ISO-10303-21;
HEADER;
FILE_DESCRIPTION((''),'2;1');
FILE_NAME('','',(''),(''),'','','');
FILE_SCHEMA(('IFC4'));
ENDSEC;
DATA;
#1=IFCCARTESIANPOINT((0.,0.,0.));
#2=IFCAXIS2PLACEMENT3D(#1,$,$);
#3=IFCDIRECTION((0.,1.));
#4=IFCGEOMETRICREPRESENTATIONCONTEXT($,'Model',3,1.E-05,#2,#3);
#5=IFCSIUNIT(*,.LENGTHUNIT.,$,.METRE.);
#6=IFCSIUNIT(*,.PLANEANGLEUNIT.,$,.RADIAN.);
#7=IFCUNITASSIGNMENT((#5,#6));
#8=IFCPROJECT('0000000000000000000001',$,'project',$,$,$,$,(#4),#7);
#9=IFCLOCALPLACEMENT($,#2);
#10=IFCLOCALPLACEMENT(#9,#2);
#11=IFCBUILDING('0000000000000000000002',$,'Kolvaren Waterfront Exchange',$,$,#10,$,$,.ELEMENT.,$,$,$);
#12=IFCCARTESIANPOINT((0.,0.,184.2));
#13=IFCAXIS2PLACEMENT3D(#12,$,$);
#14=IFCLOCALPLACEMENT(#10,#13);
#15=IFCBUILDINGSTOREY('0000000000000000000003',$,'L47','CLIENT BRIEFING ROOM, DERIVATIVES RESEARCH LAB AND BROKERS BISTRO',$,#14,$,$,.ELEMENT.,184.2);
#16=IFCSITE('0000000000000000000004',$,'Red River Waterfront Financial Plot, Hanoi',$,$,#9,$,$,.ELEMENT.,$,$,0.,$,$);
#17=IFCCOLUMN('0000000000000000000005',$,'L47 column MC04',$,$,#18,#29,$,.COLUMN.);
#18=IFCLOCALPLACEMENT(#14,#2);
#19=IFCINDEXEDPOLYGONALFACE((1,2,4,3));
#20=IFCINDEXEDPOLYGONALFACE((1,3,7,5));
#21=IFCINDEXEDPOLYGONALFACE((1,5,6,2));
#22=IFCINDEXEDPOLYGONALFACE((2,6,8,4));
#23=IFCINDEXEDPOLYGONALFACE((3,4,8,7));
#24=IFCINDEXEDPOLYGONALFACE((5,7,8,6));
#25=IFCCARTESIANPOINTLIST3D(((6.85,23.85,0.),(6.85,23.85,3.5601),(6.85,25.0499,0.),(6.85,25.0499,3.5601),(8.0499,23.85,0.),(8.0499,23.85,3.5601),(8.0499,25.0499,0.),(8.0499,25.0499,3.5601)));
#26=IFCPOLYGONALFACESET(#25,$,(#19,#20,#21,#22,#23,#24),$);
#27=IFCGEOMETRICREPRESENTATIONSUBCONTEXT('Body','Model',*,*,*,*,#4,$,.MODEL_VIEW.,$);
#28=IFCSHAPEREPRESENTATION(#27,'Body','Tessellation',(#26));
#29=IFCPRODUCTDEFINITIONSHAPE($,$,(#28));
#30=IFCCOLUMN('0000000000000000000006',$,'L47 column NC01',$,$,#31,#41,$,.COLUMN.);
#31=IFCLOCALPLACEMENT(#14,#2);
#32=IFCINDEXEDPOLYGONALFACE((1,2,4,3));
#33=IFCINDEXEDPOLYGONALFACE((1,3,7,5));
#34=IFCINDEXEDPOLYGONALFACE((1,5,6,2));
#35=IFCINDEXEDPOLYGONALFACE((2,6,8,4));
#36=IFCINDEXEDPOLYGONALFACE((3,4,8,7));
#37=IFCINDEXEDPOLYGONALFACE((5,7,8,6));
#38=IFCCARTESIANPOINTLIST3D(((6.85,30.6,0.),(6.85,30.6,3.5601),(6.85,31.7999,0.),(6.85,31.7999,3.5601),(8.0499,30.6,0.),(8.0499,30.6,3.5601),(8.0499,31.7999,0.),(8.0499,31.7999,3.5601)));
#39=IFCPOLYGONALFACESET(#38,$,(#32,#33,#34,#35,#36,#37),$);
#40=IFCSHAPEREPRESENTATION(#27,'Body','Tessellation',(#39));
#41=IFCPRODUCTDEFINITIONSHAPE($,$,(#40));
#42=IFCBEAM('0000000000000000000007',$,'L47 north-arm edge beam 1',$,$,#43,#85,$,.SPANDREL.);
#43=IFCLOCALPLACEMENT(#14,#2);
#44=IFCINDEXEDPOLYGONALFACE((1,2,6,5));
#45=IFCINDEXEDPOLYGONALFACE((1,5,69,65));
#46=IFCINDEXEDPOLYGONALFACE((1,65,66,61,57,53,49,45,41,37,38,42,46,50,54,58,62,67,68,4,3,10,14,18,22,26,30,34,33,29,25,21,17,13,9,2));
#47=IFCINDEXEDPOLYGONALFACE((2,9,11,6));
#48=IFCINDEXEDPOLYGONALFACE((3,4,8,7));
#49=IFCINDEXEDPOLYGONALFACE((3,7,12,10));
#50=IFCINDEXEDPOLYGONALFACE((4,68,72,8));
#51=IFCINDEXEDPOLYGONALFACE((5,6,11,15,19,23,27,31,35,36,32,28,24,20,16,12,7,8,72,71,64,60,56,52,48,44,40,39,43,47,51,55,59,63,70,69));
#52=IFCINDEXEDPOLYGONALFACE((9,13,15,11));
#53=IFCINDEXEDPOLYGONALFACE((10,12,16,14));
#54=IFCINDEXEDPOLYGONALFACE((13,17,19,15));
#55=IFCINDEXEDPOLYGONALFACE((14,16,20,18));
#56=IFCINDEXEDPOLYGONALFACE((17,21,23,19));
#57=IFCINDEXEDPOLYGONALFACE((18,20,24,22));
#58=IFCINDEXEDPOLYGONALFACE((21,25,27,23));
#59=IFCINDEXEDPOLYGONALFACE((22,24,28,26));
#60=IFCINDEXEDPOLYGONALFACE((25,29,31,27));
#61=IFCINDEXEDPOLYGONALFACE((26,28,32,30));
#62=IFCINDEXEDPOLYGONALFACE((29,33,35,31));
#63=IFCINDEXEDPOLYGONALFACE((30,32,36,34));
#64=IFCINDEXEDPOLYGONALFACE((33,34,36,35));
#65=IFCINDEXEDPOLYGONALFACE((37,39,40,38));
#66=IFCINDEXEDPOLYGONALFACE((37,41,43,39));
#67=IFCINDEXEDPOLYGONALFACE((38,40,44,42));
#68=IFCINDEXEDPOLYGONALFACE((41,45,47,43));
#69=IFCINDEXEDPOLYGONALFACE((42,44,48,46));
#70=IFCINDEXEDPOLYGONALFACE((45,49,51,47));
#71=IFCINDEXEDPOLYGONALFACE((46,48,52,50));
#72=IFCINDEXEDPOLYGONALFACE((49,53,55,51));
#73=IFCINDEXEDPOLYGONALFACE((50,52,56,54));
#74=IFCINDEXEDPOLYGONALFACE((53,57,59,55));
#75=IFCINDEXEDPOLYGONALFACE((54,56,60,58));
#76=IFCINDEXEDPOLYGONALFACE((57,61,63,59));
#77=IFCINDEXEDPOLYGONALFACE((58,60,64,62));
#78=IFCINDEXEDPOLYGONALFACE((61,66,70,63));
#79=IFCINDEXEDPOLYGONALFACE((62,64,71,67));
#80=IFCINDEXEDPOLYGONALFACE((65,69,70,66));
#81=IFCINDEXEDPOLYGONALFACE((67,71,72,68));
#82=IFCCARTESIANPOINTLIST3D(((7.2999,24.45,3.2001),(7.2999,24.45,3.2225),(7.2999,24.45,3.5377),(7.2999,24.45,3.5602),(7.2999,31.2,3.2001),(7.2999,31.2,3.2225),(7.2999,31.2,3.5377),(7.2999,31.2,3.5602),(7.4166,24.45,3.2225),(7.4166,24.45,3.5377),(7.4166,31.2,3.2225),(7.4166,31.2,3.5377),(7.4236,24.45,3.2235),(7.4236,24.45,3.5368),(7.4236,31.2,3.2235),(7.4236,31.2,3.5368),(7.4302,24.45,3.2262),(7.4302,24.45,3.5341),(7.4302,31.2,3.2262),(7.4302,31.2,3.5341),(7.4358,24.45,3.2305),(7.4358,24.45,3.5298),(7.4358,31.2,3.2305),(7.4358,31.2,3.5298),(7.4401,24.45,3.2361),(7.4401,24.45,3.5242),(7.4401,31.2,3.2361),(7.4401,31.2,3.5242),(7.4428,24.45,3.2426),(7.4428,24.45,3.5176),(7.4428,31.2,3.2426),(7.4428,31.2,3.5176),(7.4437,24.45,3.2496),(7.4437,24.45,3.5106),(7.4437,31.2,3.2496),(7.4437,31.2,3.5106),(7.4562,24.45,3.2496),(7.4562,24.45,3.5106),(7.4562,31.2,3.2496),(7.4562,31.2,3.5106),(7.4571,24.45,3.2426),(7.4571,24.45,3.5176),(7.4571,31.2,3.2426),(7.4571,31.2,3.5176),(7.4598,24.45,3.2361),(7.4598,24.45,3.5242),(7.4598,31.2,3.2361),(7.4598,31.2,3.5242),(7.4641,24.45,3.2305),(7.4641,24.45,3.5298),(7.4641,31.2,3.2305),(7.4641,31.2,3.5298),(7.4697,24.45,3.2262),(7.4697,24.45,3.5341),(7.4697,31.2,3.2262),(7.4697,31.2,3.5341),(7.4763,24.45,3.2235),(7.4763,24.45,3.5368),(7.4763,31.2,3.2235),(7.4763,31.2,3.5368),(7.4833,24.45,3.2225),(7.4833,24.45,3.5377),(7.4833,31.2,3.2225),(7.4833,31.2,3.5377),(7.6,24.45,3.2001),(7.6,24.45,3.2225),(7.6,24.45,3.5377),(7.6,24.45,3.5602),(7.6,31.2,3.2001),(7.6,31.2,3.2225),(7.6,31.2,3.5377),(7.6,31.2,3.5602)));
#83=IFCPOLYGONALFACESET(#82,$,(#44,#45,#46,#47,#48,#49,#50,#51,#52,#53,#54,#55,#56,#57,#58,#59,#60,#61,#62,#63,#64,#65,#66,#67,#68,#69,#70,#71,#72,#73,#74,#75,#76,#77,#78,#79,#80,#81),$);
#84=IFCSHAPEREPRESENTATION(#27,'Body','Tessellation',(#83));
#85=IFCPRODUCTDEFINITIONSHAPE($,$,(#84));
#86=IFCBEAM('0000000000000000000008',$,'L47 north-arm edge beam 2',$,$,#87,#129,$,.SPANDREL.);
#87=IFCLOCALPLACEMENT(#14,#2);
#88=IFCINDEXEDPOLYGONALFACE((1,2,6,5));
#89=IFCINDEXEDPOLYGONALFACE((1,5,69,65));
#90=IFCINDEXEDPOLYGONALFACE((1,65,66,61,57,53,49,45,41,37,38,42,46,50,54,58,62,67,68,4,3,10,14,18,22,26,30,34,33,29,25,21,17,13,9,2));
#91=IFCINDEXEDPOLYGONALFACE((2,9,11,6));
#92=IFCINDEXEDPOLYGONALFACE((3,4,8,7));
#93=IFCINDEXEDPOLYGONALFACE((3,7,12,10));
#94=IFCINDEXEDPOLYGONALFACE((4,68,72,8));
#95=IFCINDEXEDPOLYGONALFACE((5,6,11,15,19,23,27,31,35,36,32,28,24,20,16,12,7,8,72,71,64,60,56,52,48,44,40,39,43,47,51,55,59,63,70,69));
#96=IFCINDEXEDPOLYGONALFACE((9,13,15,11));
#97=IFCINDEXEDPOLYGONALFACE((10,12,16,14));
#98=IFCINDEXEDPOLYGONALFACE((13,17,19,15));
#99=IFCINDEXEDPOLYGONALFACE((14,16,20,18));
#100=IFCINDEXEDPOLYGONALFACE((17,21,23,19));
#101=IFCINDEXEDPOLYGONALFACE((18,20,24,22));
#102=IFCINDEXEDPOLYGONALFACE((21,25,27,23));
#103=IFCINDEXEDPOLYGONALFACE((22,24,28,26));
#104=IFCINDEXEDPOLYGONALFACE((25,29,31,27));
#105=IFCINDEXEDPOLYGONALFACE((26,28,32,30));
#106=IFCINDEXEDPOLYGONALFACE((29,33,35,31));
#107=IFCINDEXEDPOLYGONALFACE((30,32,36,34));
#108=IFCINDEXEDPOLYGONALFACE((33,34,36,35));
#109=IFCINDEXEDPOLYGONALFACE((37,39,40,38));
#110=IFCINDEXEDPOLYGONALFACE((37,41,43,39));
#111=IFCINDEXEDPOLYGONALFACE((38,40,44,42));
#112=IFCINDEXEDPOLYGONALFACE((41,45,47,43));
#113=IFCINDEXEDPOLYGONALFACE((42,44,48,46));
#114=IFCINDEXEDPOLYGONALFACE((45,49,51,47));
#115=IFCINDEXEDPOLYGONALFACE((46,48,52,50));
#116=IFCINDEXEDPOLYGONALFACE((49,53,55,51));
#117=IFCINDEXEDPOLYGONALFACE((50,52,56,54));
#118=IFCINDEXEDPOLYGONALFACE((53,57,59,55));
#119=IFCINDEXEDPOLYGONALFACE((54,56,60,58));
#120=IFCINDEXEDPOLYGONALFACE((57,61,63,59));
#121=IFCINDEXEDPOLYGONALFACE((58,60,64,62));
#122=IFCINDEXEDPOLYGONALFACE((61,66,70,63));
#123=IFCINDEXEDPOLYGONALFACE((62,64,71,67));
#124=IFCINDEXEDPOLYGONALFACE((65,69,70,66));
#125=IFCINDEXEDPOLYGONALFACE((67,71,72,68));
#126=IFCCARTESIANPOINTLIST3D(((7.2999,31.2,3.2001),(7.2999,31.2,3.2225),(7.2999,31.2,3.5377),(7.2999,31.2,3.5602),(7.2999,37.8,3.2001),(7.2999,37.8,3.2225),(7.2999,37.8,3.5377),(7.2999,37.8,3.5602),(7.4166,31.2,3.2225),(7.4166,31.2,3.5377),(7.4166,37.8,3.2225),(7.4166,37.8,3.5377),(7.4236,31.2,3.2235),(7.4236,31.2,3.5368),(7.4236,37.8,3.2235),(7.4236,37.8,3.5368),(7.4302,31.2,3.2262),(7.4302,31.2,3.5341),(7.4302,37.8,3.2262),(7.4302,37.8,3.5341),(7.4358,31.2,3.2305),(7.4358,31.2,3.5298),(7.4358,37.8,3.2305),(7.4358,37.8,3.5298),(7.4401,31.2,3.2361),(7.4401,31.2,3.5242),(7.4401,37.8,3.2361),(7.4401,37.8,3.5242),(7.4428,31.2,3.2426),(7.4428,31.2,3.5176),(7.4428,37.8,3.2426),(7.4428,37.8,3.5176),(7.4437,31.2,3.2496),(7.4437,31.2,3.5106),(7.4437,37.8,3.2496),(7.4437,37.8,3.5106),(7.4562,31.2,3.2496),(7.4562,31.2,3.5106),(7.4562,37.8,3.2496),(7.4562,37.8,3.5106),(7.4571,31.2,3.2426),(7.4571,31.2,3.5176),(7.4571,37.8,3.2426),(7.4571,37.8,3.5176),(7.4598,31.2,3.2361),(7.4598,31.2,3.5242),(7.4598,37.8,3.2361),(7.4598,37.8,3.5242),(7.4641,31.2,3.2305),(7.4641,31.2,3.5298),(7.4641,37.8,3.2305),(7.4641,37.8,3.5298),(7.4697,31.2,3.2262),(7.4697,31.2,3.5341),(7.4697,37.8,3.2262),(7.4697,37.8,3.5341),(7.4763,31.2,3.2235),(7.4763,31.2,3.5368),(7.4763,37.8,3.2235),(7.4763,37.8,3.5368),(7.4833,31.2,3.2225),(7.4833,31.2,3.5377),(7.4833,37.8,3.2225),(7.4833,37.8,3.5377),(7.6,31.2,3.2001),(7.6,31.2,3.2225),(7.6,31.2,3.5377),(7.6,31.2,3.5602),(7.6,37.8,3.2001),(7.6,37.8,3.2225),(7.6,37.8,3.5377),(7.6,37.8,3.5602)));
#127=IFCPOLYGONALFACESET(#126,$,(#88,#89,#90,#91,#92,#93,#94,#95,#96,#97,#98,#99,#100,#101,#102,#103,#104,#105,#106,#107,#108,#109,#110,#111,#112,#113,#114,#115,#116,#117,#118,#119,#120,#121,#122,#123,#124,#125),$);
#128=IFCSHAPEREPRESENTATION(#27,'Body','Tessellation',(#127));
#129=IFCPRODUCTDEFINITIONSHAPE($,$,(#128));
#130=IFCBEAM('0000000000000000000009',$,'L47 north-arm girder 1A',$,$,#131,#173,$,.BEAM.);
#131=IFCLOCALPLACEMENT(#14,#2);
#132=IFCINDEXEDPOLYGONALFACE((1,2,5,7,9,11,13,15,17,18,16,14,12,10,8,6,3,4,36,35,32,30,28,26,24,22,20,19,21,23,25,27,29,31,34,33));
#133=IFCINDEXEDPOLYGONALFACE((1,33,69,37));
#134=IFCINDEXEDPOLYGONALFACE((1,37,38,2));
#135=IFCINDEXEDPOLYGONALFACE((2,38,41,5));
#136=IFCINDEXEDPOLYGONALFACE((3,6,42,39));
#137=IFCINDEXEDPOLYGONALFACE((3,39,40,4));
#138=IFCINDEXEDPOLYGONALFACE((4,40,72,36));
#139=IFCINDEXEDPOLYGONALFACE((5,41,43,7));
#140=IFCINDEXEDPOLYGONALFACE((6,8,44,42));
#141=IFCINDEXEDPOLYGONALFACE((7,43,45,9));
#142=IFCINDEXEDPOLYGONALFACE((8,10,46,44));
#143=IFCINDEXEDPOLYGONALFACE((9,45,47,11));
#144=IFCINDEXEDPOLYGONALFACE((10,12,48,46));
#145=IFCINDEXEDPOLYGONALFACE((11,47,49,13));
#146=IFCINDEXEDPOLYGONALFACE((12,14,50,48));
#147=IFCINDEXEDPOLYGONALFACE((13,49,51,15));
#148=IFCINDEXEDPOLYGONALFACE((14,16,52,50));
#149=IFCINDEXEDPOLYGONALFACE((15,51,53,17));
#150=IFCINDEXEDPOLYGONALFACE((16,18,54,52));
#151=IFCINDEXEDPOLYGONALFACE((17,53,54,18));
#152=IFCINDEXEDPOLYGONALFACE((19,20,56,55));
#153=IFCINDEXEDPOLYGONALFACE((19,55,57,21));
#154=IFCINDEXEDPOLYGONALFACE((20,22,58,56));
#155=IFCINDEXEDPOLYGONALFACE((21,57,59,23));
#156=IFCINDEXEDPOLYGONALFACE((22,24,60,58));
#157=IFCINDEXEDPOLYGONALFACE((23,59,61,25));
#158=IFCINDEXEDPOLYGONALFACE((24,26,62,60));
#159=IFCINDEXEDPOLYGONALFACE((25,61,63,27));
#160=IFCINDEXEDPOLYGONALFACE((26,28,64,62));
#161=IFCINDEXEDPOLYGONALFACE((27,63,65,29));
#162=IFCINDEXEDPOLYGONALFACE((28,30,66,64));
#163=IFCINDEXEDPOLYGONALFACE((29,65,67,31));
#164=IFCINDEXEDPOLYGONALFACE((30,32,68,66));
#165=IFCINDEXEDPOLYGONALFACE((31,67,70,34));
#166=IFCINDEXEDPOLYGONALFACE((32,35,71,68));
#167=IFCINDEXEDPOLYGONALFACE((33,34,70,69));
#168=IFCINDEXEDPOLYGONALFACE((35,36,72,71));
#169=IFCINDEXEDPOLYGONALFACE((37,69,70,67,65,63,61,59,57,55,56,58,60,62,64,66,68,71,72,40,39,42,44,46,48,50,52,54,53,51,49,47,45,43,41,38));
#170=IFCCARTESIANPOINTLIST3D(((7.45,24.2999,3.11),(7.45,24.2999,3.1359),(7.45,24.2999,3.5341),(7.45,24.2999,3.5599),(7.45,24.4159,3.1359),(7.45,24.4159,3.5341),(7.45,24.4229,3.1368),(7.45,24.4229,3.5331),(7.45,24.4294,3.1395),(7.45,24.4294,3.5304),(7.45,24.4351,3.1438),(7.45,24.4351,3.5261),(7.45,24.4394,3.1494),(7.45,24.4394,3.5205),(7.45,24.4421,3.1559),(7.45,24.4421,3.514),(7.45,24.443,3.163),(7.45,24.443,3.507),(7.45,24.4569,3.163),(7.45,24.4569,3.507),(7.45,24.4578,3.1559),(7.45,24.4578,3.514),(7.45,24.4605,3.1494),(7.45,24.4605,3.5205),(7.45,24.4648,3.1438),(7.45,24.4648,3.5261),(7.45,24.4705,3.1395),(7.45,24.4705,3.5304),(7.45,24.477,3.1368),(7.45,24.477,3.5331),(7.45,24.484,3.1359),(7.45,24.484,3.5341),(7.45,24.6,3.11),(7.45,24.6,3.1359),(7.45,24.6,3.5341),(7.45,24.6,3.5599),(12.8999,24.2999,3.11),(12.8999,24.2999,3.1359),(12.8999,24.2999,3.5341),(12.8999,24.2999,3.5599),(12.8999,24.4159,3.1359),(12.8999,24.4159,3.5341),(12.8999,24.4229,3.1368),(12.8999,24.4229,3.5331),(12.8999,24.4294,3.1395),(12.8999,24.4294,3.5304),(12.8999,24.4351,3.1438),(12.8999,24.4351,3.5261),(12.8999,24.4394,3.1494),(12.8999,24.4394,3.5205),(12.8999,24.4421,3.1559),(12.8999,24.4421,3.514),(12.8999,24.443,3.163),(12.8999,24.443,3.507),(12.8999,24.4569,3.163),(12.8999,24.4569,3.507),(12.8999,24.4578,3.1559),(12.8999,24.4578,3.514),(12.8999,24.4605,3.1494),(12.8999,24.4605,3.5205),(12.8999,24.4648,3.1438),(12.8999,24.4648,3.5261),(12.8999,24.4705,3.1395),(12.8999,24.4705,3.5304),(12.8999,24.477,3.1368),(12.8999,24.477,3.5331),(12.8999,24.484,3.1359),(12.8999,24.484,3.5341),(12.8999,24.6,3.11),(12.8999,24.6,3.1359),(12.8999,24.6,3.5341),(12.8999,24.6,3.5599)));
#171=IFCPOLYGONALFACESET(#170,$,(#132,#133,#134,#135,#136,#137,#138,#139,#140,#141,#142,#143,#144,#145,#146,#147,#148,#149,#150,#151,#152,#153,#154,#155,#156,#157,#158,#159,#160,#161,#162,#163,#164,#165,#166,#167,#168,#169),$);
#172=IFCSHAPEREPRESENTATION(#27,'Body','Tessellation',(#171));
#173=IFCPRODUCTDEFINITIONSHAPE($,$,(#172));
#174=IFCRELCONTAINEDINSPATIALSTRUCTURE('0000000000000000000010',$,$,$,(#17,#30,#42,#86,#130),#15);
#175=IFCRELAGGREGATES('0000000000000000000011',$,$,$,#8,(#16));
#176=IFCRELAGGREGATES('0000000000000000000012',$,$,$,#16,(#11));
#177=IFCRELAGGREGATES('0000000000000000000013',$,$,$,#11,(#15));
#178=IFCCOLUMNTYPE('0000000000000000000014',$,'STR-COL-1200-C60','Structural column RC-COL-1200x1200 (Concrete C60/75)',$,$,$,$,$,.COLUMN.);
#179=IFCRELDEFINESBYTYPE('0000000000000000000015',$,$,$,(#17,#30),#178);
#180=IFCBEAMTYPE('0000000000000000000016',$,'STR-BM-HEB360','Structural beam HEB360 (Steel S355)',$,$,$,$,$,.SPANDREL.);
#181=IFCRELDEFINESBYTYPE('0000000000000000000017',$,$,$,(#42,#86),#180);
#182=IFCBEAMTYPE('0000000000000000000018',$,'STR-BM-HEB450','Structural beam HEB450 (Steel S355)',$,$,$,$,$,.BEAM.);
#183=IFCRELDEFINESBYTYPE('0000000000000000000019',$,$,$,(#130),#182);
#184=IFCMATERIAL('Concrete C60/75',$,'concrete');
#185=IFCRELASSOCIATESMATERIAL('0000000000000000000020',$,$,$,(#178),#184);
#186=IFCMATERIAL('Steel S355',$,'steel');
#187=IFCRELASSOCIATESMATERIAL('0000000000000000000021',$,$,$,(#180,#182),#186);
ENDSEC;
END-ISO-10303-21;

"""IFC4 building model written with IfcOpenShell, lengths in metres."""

from ifc_helpers import new_model, si_unit, direction, frame, origin, origin_2d, place, context, subcontext, project, spatial, rectangle, i_section, extrude, material, material_profile, profile_set, type_object, element, save


model = new_model("IFC4")

# Units and contexts
model_context = context("Model", 3, precision=1e-05, world=origin(), true_north=direction((0.0, 1.0)))
body_context = subcontext(model_context, "Body", "Model", "MODEL_VIEW")
ifc_project = project(units=[si_unit("LENGTHUNIT", "METRE"), si_unit("PLANEANGLEUNIT", "RADIAN")], contexts=[model_context])

# Site, building, storey
site_placement = place(None, origin())
site = spatial("IfcSite", under=ifc_project, at=site_placement, Name="Red River Waterfront Financial Plot, Hanoi", CompositionType="ELEMENT", RefElevation=0.0)
building_placement = place(site_placement, origin())
building = spatial("IfcBuilding", under=site, at=building_placement, Name="Kolvaren Waterfront Exchange", CompositionType="ELEMENT")
storey_placement = place(building_placement, frame((0.0, 0.0, 184.2)))
storey = spatial("IfcBuildingStorey", under=building, at=storey_placement, Name="L47", Description="CLIENT BRIEFING ROOM, DERIVATIVES RESEARCH LAB AND BROKERS BISTRO", CompositionType="ELEMENT", Elevation=184.2)

# Columns
ifc_material_1 = material(Name="Concrete C60/75", Category="concrete")
ifc_material_profile_1 = material_profile(ifc_material_1, rectangle(XDim=1.2, YDim=1.2, at=origin_2d()), Name="RC-COL-1200x1200")
ifc_profile_set_1 = profile_set([ifc_material_profile_1], Name="Concrete C60/75")
column_type = type_object("IfcColumnType", Name="STR-COL-1200-C60", Description="Structural column RC-COL-1200x1200 (Concrete C60/75)", PredefinedType="COLUMN", material=ifc_profile_set_1)
for number, where, z_axis, x_axis, name in (
    (1, (7.45, 24.45, 0.0), (0.0, 0.0, 1.0), (1.0, 0.0, 0.0), "L47 column MC04"),
    (2, (7.45, 31.2, 0.0), (0.0, 0.0, 1.0), (1.0, 0.0, 0.0), "L47 column NC01"),
):
    element("IfcColumn", number, at=place(storey_placement, frame(where, z_axis=z_axis, x_axis=x_axis)), inside=storey, type_object=column_type, Name=name, PredefinedType="COLUMN", context=body_context, shape_type="SweptSolid", body=[
        extrude(rectangle(XDim=1.2, YDim=1.2, at=origin_2d()), origin(), (0.0, 0.0, 1.0), 3.5601),
    ])

# Beams
ifc_material_2 = material(Name="Steel S355", Category="steel")
ifc_material_profile_2 = material_profile(ifc_material_2, i_section(OverallWidth=0.3, OverallDepth=0.3601, WebThickness=0.0125, FlangeThickness=0.0225, FilletRadius=0.0271, at=origin_2d()), Name="HEB360")
ifc_profile_set_2 = profile_set([ifc_material_profile_2], Name="Steel S355")
beam_type_1 = type_object("IfcBeamType", Name="STR-BM-HEB360", Description="Structural beam HEB360 (Steel S355)", PredefinedType="SPANDREL", material=ifc_profile_set_2)
beam_1_placement = place(storey_placement, frame((7.45, 24.45, 3.3801), z_axis=(0.0, 1.0, 0.0), x_axis=(-1.0, 0.0, 0.0)))
element("IfcBeam", 3, at=beam_1_placement, inside=storey, type_object=beam_type_1, Name="L47 north-arm edge beam 1", PredefinedType="SPANDREL", context=body_context, shape_type="SweptSolid", body=[
    extrude(i_section(OverallWidth=0.3, OverallDepth=0.3601, WebThickness=0.0125, FlangeThickness=0.0225, FilletRadius=0.0271, at=origin_2d()), origin(), (0.0, 0.0, 1.0), 6.75),
])
beam_2_placement = place(storey_placement, frame((7.45, 31.2, 3.3801), z_axis=(0.0, 1.0, 0.0), x_axis=(-1.0, 0.0, 0.0)))
element("IfcBeam", 4, at=beam_2_placement, inside=storey, type_object=beam_type_1, Name="L47 north-arm edge beam 2", PredefinedType="SPANDREL", context=body_context, shape_type="SweptSolid", body=[
    extrude(i_section(OverallWidth=0.3, OverallDepth=0.3601, WebThickness=0.0125, FlangeThickness=0.0225, FilletRadius=0.0271, at=origin_2d()), origin(), (0.0, 0.0, 1.0), 6.6001),
])
ifc_material_profile_3 = material_profile(ifc_material_2, i_section(OverallWidth=0.3, OverallDepth=0.45, WebThickness=0.0139, FlangeThickness=0.0259, FilletRadius=0.0271, at=origin_2d()), Name="HEB450")
ifc_profile_set_3 = profile_set([ifc_material_profile_3], Name="Steel S355")
beam_type_2 = type_object("IfcBeamType", Name="STR-BM-HEB450", Description="Structural beam HEB450 (Steel S355)", PredefinedType="BEAM", material=ifc_profile_set_3)
for number, where, z_axis, x_axis, name in (
    (5, (7.45, 24.45, 3.335), (1.0, 0.0, 0.0), (0.0, 1.0, 0.0), "L47 north-arm girder 1A"),
):
    element("IfcBeam", number, at=place(storey_placement, frame(where, z_axis=z_axis, x_axis=x_axis)), inside=storey, type_object=beam_type_2, Name=name, PredefinedType="BEAM", context=body_context, shape_type="SweptSolid", body=[
        extrude(i_section(OverallWidth=0.3, OverallDepth=0.45, WebThickness=0.0139, FlangeThickness=0.0259, FilletRadius=0.0271, at=origin_2d()), origin(), (0.0, 0.0, 1.0), 5.45),
    ])

save(model, "model.ifc")
